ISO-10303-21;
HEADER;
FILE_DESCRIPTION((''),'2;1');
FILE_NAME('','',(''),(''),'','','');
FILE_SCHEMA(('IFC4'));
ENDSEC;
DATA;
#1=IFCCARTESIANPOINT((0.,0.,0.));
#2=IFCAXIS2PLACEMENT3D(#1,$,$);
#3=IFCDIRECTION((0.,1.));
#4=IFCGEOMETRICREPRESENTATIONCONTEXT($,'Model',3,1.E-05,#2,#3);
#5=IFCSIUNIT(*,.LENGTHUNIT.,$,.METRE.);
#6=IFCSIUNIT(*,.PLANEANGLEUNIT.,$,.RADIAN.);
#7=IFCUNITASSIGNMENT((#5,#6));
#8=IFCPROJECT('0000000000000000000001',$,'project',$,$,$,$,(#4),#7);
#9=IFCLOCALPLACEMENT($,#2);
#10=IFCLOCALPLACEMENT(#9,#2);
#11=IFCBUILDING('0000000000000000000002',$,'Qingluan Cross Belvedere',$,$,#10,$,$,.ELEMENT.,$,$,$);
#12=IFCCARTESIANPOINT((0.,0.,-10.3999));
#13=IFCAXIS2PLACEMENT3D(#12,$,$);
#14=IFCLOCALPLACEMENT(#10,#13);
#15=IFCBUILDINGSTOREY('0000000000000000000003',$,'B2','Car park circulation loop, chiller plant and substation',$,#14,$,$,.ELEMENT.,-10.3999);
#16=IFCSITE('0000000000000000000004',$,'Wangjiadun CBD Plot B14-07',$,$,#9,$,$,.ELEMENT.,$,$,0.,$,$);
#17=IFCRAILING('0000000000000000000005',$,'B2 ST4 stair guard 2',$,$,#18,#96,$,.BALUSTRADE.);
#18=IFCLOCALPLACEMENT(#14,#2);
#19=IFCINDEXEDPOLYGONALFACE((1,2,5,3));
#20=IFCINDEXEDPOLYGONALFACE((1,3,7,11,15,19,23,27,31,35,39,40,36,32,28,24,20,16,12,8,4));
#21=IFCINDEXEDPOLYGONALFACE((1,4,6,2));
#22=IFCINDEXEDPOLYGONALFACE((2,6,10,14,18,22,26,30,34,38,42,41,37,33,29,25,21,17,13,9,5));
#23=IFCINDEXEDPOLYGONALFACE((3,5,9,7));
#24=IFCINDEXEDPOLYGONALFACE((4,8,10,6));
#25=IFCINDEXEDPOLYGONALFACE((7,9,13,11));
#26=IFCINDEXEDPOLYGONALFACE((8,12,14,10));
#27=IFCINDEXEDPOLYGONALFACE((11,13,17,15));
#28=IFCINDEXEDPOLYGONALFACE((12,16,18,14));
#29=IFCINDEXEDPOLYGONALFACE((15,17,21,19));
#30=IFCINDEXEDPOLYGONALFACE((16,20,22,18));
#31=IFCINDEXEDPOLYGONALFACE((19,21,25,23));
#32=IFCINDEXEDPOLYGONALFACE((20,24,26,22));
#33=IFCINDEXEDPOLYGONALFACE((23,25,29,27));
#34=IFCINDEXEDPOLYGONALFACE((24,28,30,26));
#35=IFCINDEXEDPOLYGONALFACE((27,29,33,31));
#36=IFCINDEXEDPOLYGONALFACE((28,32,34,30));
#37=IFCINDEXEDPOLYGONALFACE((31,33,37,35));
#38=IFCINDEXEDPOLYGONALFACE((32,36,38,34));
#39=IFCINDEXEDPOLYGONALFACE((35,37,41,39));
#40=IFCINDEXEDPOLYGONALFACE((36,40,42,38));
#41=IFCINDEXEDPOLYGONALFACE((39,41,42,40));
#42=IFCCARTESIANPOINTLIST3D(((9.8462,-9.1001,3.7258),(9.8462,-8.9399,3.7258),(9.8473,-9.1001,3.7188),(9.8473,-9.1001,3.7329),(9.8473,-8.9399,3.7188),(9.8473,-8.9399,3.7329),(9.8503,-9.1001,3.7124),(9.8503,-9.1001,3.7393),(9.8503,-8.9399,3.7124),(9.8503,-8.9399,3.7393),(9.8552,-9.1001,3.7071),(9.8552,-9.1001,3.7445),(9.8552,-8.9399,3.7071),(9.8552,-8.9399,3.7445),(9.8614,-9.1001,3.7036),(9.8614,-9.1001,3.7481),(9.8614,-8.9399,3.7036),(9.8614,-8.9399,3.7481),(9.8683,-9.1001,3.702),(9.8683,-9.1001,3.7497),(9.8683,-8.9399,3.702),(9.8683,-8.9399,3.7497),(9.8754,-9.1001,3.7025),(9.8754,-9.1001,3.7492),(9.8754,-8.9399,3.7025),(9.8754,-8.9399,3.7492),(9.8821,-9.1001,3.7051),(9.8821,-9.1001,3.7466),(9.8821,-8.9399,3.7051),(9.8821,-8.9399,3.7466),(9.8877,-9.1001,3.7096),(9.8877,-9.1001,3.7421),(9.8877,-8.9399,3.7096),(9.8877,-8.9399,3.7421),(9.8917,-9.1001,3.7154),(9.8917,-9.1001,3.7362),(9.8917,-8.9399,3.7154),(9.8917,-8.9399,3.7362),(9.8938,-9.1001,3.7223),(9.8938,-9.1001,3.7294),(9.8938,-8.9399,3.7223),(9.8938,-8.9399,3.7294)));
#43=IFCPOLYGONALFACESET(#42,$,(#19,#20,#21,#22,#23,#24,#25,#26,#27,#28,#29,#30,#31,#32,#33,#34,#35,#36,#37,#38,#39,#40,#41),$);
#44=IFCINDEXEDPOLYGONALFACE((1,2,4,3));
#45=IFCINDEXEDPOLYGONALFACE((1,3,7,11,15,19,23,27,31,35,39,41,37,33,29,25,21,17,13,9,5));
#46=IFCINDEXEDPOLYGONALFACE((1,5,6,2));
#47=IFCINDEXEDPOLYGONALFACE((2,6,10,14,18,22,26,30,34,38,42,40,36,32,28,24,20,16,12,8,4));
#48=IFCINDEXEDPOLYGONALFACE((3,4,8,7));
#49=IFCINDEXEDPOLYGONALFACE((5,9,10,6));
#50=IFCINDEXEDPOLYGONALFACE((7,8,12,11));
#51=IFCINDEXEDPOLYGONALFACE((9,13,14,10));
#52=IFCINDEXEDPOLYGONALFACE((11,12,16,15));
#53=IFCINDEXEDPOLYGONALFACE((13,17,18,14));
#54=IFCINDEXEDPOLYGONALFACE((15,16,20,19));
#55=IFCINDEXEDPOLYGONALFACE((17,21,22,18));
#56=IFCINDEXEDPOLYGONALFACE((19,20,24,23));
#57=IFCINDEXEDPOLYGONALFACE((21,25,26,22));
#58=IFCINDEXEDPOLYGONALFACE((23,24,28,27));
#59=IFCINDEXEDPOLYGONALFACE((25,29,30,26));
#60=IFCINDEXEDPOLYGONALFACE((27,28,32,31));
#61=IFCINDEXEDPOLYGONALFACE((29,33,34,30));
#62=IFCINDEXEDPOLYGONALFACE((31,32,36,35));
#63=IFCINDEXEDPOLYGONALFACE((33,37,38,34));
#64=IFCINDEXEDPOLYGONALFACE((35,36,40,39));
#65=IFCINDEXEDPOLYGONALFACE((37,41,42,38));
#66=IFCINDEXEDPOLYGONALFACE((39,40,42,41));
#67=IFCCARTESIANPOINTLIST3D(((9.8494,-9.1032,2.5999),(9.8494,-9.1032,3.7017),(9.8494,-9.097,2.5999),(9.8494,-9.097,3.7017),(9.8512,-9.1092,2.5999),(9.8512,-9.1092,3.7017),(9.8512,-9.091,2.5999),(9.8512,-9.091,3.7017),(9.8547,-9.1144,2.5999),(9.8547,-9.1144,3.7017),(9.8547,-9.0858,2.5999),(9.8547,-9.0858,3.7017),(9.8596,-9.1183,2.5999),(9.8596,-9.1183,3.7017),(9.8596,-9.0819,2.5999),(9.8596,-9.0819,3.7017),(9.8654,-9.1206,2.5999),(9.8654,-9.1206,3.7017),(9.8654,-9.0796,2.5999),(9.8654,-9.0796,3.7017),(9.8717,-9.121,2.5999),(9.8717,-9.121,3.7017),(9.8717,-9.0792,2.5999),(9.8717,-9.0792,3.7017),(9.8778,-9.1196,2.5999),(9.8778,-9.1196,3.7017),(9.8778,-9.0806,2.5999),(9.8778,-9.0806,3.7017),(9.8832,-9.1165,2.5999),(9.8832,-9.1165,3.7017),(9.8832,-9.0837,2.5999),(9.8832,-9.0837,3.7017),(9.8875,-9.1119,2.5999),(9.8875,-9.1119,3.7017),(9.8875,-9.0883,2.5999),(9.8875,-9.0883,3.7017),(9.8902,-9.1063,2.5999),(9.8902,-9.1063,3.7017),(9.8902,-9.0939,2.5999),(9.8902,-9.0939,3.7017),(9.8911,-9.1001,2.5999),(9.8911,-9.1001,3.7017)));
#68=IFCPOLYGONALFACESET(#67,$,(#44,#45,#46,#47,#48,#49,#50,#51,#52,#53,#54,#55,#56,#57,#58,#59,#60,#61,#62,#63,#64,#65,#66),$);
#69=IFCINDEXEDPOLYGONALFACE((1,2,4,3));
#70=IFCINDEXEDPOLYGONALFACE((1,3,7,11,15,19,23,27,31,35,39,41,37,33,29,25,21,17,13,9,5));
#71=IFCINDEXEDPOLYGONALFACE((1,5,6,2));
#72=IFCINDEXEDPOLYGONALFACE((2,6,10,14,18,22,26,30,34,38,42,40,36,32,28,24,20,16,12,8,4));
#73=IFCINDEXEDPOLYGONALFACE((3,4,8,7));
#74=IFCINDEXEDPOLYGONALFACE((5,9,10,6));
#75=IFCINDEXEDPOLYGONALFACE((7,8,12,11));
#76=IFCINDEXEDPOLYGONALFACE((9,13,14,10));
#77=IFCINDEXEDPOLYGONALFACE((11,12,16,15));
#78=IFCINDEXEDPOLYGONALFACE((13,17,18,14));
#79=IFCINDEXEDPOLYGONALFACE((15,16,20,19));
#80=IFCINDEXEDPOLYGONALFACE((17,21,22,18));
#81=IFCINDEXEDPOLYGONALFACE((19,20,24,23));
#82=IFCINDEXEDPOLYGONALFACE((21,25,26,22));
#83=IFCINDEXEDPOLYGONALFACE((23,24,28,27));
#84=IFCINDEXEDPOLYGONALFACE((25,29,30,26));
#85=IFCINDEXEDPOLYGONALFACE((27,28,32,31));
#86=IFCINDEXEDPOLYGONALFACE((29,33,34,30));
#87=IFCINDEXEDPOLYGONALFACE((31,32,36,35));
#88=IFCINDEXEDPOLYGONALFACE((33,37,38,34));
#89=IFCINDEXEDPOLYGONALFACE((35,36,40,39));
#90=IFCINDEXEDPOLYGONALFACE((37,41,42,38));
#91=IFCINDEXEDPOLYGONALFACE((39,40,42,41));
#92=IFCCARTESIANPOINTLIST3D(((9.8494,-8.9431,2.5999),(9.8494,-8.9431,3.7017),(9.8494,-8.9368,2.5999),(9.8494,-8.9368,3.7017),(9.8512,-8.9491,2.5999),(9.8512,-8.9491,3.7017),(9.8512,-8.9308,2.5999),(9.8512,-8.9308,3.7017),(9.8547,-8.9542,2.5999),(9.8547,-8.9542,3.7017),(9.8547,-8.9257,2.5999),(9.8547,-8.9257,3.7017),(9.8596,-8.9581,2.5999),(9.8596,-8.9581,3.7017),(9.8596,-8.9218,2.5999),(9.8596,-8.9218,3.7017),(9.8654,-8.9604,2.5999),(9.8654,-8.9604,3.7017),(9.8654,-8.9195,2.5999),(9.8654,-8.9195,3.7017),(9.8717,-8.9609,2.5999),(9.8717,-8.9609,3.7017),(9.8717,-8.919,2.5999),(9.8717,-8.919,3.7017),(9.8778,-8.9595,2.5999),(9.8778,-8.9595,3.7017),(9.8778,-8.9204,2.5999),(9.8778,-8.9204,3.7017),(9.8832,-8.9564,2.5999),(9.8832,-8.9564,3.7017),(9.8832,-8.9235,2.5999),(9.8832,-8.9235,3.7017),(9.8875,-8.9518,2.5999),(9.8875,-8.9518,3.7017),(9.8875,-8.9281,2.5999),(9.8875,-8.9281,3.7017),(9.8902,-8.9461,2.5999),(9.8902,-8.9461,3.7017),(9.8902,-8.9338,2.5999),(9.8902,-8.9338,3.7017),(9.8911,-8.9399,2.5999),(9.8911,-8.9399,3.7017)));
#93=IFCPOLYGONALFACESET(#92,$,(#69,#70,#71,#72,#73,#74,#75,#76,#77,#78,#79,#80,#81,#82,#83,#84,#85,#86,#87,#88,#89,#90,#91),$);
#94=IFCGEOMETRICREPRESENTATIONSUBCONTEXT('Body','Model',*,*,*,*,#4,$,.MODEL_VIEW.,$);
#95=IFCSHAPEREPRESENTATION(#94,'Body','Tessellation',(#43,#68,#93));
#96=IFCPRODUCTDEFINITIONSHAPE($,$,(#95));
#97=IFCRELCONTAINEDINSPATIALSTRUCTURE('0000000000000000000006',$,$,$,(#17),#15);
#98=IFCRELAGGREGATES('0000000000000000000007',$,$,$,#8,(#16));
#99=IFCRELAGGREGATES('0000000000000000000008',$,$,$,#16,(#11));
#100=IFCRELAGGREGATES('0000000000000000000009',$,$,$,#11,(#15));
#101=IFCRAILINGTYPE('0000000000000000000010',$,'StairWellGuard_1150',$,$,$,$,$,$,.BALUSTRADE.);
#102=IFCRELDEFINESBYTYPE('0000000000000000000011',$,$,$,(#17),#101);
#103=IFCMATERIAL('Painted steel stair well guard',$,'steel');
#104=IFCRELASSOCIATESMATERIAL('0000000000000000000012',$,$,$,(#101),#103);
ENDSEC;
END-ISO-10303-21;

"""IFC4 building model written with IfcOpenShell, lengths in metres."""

from ifc_helpers import new_model, si_unit, direction, frame, origin, origin_2d, place, context, subcontext, project, spatial, circle, extrude, material, type_object, element, save


model = new_model("IFC4")

# Units and contexts
model_context = context("Model", 3, precision=1e-05, world=origin(), true_north=direction((0.0, 1.0)))
body_context = subcontext(model_context, "Body", "Model", "MODEL_VIEW")
ifc_project = project(units=[si_unit("LENGTHUNIT", "METRE"), si_unit("PLANEANGLEUNIT", "RADIAN")], contexts=[model_context])

# Site, building, storey
site_placement = place(None, origin())
site = spatial("IfcSite", under=ifc_project, at=site_placement, Name="Wangjiadun CBD Plot B14-07", CompositionType="ELEMENT", RefElevation=0.0)
building_placement = place(site_placement, origin())
building = spatial("IfcBuilding", under=site, at=building_placement, Name="Qingluan Cross Belvedere", CompositionType="ELEMENT")
storey_placement = place(building_placement, frame((0.0, 0.0, -10.3999)))
storey = spatial("IfcBuildingStorey", under=building, at=storey_placement, Name="B2", Description="Car park circulation loop, chiller plant and substation", CompositionType="ELEMENT", Elevation=-10.3999)

# Railing
ifc_material_1 = material(Name="Painted steel stair well guard", Category="steel")
railing_type_1 = type_object("IfcRailingType", Name="StairWellGuard_1150", PredefinedType="BALUSTRADE", material=ifc_material_1)
railing_1_placement = place(storey_placement, frame((9.8701, -9.1001, 2.5999)))
element("IfcRailing", 1, at=railing_1_placement, inside=storey, type_object=railing_type_1, Name="B2 ST4 stair guard 2", PredefinedType="BALUSTRADE", context=body_context, shape_type="SweptSolid", body=[
    extrude(circle(Radius=0.0239, at=origin_2d()), frame((0.0, 0.0, 1.126), z_axis=(0.0, 1.0, 0.0), x_axis=(-1.0, 0.0, 0.0)), (0.0, 0.0, 1.0), 0.1602),
    extrude(circle(Radius=0.021, at=origin_2d()), origin(), (0.0, 0.0, 1.0), 1.1018),
    extrude(circle(Radius=0.021, at=origin_2d()), frame((0.0, 0.1602, 0.0)), (0.0, 0.0, 1.0), 1.1018),
])

save(model, "model.ifc")
